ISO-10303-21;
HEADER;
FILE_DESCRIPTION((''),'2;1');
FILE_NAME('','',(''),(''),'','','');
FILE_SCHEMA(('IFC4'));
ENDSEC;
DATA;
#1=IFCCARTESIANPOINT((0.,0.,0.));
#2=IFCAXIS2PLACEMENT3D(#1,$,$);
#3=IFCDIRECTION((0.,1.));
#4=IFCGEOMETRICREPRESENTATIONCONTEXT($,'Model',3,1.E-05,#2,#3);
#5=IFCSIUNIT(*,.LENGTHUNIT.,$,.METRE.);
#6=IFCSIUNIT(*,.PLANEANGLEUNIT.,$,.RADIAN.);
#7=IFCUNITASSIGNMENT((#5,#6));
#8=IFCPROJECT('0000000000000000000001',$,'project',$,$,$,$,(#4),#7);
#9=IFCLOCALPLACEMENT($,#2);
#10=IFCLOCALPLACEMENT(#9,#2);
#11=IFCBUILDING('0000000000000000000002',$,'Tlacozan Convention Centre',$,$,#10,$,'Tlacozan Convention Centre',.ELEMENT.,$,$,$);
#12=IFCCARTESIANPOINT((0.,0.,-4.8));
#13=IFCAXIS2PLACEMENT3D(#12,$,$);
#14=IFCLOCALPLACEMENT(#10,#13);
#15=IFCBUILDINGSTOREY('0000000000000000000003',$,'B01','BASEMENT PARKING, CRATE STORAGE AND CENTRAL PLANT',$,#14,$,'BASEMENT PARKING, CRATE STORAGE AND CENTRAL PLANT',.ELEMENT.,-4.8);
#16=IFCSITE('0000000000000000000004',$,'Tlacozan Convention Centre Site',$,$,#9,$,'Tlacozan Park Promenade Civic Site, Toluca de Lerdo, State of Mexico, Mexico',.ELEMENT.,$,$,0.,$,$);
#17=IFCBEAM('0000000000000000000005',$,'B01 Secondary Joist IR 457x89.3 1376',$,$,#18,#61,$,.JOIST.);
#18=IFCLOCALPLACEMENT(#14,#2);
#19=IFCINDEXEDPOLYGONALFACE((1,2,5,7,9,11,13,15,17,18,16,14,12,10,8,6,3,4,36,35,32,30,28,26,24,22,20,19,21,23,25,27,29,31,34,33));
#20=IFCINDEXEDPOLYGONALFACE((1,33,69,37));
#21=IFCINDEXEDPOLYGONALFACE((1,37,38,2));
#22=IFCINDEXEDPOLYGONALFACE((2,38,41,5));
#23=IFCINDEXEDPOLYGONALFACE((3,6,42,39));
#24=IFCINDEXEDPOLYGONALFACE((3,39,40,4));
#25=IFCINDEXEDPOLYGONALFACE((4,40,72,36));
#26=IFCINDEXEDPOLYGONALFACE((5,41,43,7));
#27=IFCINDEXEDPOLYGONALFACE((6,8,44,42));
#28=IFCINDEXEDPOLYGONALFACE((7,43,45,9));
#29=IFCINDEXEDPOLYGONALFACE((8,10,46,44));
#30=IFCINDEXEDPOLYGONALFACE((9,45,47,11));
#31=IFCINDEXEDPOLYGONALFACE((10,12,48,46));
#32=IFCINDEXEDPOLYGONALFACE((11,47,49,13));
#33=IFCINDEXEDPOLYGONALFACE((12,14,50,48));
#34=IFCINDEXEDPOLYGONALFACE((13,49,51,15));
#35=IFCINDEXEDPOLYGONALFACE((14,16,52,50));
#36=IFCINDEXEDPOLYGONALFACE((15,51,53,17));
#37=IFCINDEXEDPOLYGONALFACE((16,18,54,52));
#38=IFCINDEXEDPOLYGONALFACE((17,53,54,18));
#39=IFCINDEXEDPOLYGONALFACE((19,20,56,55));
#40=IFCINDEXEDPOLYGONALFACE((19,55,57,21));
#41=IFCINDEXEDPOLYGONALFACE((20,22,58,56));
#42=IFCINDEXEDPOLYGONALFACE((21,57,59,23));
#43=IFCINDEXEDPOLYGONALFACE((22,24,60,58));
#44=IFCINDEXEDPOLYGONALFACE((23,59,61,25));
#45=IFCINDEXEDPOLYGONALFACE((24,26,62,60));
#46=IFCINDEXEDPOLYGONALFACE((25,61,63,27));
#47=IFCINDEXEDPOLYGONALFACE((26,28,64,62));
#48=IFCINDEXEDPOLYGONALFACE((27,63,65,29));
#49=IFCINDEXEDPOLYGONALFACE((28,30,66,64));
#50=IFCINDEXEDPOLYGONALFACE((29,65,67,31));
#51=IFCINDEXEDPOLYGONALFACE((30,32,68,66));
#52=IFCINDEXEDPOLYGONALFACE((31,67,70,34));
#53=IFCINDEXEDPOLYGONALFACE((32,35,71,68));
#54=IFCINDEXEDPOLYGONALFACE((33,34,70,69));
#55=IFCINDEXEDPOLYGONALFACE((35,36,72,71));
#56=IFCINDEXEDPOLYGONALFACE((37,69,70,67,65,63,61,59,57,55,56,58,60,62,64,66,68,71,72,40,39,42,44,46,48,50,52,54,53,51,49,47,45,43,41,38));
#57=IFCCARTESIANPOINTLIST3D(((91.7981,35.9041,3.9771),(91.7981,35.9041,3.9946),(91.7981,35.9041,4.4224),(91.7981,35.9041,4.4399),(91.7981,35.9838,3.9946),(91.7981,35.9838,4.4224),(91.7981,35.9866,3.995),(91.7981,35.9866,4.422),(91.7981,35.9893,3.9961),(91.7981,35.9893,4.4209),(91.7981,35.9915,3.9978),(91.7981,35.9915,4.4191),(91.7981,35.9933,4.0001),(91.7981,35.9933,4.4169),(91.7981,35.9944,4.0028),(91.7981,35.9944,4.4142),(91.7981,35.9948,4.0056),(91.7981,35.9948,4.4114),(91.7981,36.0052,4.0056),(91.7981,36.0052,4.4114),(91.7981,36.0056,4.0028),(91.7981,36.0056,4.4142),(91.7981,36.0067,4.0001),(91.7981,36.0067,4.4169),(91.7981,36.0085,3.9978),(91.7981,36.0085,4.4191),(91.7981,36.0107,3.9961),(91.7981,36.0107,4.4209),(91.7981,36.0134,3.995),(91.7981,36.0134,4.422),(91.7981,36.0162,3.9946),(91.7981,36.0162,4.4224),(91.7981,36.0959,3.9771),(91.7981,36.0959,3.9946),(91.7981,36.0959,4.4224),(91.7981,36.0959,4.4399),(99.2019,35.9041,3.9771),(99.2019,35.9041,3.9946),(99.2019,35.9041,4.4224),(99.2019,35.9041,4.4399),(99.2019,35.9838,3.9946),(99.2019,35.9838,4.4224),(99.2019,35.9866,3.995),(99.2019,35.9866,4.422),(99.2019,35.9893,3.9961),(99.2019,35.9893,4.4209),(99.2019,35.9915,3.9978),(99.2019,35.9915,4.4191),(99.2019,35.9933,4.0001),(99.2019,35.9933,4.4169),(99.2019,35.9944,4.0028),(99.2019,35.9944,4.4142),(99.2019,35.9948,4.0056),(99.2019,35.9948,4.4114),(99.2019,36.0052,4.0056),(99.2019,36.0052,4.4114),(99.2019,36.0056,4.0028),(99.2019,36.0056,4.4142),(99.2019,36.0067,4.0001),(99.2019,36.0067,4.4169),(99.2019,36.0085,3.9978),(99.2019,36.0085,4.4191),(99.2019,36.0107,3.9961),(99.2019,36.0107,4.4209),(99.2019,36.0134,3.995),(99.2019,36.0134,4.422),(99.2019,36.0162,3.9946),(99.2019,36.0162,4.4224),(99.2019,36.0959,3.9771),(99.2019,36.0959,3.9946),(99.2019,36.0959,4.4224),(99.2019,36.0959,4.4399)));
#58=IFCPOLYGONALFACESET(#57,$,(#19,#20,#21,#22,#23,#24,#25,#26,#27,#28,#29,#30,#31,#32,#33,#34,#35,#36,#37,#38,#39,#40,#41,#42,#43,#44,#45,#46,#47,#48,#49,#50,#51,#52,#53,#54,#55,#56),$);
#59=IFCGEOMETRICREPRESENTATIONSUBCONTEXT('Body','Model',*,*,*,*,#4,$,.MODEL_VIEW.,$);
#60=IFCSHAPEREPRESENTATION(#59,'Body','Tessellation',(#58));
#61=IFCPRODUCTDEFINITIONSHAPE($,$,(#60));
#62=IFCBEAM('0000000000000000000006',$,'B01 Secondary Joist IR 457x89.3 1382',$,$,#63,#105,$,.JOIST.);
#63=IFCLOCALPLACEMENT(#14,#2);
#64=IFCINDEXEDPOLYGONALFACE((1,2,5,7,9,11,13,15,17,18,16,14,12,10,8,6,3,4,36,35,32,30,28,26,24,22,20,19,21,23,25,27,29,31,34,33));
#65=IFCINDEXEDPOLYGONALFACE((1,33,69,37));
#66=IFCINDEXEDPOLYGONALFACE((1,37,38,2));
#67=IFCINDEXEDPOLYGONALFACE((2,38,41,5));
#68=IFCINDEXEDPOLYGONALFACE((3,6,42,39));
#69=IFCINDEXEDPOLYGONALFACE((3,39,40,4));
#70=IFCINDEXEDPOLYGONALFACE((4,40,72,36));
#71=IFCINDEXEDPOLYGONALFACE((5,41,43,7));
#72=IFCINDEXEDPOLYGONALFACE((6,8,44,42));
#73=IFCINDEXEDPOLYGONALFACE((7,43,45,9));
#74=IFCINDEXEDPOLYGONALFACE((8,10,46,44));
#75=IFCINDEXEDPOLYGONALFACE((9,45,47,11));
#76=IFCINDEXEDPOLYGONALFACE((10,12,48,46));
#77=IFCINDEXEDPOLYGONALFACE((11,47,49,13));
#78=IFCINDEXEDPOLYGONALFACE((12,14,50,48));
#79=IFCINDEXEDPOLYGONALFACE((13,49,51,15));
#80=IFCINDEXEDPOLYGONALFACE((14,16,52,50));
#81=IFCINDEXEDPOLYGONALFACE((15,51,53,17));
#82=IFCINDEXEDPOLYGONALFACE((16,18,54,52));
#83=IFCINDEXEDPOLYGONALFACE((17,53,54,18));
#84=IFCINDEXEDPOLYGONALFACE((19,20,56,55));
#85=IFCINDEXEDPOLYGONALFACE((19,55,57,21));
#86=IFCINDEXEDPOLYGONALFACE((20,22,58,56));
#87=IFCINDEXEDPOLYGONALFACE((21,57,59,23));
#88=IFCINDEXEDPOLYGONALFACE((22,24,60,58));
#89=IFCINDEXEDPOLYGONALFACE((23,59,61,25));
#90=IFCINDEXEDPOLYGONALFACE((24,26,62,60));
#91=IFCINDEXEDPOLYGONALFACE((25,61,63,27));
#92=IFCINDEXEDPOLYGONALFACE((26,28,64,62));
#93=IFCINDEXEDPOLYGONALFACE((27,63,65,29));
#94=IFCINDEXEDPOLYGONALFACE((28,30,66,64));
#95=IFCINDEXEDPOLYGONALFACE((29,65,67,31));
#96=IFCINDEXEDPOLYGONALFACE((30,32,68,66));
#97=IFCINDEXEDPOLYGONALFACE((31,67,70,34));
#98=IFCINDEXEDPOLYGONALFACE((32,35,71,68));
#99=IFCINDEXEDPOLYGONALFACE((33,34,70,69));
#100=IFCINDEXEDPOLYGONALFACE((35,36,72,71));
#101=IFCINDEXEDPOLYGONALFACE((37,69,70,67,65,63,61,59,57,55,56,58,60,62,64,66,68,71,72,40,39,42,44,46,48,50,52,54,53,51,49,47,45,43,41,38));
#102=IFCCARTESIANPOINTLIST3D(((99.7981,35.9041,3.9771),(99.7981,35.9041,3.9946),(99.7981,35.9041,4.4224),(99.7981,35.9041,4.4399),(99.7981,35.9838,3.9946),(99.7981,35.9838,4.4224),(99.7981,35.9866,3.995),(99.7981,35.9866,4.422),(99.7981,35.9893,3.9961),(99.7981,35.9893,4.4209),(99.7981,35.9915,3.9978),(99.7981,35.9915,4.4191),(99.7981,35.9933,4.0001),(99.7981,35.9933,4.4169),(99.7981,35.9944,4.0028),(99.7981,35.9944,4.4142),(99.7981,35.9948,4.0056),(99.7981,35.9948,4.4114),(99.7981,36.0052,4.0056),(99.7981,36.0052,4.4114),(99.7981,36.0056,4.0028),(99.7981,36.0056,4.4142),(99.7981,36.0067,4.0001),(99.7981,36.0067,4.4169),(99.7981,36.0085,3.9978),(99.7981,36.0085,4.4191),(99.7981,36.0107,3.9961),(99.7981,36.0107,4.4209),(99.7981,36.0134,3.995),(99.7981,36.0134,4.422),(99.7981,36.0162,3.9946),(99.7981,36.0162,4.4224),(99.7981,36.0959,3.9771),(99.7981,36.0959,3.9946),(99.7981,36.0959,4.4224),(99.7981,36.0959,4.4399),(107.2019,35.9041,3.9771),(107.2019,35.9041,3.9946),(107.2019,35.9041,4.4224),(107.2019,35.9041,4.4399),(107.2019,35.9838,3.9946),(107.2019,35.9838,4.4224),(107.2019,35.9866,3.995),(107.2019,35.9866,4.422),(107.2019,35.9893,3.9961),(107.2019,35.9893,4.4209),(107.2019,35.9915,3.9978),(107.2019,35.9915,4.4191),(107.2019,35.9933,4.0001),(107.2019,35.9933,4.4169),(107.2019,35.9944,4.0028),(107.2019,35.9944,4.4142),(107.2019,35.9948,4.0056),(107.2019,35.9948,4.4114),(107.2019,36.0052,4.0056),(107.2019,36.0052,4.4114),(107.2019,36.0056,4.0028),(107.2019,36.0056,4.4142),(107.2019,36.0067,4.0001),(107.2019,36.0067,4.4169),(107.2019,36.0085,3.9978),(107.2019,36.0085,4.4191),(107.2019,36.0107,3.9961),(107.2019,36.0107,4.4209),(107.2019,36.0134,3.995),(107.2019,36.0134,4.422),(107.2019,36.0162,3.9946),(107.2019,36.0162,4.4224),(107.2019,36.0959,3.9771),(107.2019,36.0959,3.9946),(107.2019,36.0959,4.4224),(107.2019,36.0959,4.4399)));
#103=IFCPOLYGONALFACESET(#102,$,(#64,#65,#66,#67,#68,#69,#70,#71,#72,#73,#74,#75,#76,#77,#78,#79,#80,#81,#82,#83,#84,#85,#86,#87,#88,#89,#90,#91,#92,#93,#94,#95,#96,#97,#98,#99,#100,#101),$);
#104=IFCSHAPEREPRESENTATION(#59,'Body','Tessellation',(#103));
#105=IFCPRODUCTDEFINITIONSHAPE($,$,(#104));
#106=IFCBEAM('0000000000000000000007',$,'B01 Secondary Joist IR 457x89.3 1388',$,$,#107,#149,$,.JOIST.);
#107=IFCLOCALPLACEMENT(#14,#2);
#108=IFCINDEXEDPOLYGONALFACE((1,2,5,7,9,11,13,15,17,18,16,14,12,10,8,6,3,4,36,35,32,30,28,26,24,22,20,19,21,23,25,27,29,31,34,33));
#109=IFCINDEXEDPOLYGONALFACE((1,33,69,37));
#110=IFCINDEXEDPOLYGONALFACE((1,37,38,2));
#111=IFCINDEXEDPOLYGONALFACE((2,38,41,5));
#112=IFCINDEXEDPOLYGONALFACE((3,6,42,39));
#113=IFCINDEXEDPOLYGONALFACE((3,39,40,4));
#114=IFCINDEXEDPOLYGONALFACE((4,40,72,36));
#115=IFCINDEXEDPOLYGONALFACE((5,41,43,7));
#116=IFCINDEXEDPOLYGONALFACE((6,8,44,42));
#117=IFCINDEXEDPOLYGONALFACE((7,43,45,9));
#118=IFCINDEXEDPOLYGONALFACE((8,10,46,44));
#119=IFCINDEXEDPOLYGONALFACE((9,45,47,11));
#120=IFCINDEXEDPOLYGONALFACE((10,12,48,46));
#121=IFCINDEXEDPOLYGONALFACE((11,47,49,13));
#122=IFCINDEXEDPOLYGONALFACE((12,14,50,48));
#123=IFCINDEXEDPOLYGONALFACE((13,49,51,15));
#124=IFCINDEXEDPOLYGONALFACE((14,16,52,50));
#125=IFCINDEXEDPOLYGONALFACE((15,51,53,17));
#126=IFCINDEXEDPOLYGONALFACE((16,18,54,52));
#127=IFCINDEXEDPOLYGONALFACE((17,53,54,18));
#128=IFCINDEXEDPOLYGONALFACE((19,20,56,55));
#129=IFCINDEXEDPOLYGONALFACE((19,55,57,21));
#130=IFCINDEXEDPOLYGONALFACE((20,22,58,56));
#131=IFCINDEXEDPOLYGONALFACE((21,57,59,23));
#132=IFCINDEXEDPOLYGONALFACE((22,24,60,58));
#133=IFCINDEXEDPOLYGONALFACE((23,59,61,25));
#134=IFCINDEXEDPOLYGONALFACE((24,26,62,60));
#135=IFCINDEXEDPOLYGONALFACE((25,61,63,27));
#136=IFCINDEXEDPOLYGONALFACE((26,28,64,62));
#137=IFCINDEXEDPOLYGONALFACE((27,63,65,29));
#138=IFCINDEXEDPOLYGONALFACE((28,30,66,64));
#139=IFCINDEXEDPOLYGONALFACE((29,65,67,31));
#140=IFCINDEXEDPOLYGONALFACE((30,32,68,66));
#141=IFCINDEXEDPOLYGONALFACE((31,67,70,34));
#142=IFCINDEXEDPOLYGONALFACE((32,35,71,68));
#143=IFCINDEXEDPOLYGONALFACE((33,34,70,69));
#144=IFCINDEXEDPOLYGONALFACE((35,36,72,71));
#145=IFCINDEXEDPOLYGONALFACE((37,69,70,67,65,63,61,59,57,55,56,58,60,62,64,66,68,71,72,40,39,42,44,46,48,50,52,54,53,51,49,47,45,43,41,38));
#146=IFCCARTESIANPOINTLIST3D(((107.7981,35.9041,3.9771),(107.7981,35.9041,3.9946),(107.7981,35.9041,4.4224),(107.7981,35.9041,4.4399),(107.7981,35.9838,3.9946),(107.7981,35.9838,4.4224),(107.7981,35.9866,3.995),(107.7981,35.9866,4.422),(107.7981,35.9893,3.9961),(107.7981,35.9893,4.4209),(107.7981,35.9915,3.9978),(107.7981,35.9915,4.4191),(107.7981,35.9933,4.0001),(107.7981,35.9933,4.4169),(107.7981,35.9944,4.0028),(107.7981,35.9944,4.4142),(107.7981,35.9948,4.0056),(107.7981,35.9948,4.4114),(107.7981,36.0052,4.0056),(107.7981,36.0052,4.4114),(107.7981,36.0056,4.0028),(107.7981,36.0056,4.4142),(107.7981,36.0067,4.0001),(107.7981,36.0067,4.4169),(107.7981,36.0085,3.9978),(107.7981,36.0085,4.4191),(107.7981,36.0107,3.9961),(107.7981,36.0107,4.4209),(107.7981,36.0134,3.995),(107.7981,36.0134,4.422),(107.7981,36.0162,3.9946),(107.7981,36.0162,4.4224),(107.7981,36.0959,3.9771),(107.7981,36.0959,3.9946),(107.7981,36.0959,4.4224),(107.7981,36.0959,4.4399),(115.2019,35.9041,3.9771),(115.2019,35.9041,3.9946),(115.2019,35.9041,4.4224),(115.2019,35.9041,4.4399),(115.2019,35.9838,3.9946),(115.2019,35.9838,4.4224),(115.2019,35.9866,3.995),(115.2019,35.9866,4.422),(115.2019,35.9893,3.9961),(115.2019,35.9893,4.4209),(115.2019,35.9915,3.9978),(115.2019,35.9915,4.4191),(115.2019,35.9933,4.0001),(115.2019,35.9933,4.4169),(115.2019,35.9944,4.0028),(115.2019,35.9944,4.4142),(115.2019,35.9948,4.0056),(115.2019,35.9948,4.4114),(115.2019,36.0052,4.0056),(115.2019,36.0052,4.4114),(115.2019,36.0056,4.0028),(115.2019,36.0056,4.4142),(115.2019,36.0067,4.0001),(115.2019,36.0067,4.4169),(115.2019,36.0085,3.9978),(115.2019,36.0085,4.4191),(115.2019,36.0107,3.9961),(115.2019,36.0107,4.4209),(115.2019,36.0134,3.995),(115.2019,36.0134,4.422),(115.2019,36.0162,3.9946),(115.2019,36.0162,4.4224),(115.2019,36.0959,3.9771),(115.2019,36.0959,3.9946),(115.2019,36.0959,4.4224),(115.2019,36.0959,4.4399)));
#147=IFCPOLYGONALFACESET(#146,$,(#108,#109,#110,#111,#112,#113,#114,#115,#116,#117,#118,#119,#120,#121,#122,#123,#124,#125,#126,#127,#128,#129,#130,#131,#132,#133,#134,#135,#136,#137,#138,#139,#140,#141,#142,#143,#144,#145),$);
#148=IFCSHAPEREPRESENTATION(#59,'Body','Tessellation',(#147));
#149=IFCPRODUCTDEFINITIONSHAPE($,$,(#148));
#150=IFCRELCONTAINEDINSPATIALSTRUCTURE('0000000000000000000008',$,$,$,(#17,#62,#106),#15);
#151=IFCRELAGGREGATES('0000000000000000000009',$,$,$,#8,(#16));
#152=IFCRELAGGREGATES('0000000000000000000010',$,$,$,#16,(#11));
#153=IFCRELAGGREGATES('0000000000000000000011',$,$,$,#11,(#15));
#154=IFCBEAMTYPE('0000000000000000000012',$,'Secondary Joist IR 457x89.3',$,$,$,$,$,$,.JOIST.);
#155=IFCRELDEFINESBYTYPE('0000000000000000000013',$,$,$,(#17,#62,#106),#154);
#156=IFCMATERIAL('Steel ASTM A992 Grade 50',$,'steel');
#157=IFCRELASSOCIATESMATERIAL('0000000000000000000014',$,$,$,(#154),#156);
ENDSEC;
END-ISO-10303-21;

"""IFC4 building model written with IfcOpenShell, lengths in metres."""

from ifc_helpers import new_model, si_unit, direction, frame, origin, origin_2d, place, context, subcontext, project, spatial, i_section, extrude, material, material_profile, profile_set, type_object, element, save


model = new_model("IFC4")

# Units and contexts
model_context = context("Model", 3, precision=1e-05, world=origin(), true_north=direction((0.0, 1.0)))
body_context = subcontext(model_context, "Body", "Model", "MODEL_VIEW")
ifc_project = project(units=[si_unit("LENGTHUNIT", "METRE"), si_unit("PLANEANGLEUNIT", "RADIAN")], contexts=[model_context])

# Site, building, storey
site_placement = place(None, origin())
site = spatial("IfcSite", under=ifc_project, at=site_placement, Name="Tlacozan Convention Centre Site", LongName="Tlacozan Park Promenade Civic Site, Toluca de Lerdo, State of Mexico, Mexico", CompositionType="ELEMENT", RefElevation=0.0)
building_placement = place(site_placement, origin())
building = spatial("IfcBuilding", under=site, at=building_placement, Name="Tlacozan Convention Centre", LongName="Tlacozan Convention Centre", CompositionType="ELEMENT")
storey_placement = place(building_placement, frame((0.0, 0.0, -4.8)))
storey = spatial("IfcBuildingStorey", under=building, at=storey_placement, Name="B01", Description="BASEMENT PARKING, CRATE STORAGE AND CENTRAL PLANT", LongName="BASEMENT PARKING, CRATE STORAGE AND CENTRAL PLANT", CompositionType="ELEMENT", Elevation=-4.8)

# Beams
ifc_material_1 = material(Name="Steel ASTM A992 Grade 50", Category="steel")
ifc_material_profile_1 = material_profile(ifc_material_1, i_section(OverallWidth=0.1919, OverallDepth=0.4629, WebThickness=0.0105, FlangeThickness=0.0176, FilletRadius=0.011, at=origin_2d()), Name="IR 457x89.3")
ifc_profile_set_1 = profile_set([ifc_material_profile_1], Name="Steel ASTM A992 Grade 50")
beam_type_1 = type_object("IfcBeamType", Name="Secondary Joist IR 457x89.3", PredefinedType="JOIST", material=ifc_profile_set_1)
for number, where, z_axis, x_axis, name in (
    (1, (91.7981, 36.0, 4.2085), (1.0, 0.0, 0.0), (0.0, 1.0, 0.0), "B01 Secondary Joist IR 457x89.3 1376"),
    (2, (99.7981, 36.0, 4.2085), (1.0, 0.0, 0.0), (0.0, 1.0, 0.0), "B01 Secondary Joist IR 457x89.3 1382"),
    (3, (107.7981, 36.0, 4.2085), (1.0, 0.0, 0.0), (0.0, 1.0, 0.0), "B01 Secondary Joist IR 457x89.3 1388"),
):
    element("IfcBeam", number, at=place(storey_placement, frame(where, z_axis=z_axis, x_axis=x_axis)), inside=storey, type_object=beam_type_1, Name=name, PredefinedType="JOIST", context=body_context, shape_type="SweptSolid", body=[
        extrude(i_section(OverallWidth=0.1919, OverallDepth=0.4629, WebThickness=0.0105, FlangeThickness=0.0176, FilletRadius=0.011, at=origin_2d()), origin(), (0.0, 0.0, 1.0), 7.4038),
    ])

save(model, "model.ifc")
